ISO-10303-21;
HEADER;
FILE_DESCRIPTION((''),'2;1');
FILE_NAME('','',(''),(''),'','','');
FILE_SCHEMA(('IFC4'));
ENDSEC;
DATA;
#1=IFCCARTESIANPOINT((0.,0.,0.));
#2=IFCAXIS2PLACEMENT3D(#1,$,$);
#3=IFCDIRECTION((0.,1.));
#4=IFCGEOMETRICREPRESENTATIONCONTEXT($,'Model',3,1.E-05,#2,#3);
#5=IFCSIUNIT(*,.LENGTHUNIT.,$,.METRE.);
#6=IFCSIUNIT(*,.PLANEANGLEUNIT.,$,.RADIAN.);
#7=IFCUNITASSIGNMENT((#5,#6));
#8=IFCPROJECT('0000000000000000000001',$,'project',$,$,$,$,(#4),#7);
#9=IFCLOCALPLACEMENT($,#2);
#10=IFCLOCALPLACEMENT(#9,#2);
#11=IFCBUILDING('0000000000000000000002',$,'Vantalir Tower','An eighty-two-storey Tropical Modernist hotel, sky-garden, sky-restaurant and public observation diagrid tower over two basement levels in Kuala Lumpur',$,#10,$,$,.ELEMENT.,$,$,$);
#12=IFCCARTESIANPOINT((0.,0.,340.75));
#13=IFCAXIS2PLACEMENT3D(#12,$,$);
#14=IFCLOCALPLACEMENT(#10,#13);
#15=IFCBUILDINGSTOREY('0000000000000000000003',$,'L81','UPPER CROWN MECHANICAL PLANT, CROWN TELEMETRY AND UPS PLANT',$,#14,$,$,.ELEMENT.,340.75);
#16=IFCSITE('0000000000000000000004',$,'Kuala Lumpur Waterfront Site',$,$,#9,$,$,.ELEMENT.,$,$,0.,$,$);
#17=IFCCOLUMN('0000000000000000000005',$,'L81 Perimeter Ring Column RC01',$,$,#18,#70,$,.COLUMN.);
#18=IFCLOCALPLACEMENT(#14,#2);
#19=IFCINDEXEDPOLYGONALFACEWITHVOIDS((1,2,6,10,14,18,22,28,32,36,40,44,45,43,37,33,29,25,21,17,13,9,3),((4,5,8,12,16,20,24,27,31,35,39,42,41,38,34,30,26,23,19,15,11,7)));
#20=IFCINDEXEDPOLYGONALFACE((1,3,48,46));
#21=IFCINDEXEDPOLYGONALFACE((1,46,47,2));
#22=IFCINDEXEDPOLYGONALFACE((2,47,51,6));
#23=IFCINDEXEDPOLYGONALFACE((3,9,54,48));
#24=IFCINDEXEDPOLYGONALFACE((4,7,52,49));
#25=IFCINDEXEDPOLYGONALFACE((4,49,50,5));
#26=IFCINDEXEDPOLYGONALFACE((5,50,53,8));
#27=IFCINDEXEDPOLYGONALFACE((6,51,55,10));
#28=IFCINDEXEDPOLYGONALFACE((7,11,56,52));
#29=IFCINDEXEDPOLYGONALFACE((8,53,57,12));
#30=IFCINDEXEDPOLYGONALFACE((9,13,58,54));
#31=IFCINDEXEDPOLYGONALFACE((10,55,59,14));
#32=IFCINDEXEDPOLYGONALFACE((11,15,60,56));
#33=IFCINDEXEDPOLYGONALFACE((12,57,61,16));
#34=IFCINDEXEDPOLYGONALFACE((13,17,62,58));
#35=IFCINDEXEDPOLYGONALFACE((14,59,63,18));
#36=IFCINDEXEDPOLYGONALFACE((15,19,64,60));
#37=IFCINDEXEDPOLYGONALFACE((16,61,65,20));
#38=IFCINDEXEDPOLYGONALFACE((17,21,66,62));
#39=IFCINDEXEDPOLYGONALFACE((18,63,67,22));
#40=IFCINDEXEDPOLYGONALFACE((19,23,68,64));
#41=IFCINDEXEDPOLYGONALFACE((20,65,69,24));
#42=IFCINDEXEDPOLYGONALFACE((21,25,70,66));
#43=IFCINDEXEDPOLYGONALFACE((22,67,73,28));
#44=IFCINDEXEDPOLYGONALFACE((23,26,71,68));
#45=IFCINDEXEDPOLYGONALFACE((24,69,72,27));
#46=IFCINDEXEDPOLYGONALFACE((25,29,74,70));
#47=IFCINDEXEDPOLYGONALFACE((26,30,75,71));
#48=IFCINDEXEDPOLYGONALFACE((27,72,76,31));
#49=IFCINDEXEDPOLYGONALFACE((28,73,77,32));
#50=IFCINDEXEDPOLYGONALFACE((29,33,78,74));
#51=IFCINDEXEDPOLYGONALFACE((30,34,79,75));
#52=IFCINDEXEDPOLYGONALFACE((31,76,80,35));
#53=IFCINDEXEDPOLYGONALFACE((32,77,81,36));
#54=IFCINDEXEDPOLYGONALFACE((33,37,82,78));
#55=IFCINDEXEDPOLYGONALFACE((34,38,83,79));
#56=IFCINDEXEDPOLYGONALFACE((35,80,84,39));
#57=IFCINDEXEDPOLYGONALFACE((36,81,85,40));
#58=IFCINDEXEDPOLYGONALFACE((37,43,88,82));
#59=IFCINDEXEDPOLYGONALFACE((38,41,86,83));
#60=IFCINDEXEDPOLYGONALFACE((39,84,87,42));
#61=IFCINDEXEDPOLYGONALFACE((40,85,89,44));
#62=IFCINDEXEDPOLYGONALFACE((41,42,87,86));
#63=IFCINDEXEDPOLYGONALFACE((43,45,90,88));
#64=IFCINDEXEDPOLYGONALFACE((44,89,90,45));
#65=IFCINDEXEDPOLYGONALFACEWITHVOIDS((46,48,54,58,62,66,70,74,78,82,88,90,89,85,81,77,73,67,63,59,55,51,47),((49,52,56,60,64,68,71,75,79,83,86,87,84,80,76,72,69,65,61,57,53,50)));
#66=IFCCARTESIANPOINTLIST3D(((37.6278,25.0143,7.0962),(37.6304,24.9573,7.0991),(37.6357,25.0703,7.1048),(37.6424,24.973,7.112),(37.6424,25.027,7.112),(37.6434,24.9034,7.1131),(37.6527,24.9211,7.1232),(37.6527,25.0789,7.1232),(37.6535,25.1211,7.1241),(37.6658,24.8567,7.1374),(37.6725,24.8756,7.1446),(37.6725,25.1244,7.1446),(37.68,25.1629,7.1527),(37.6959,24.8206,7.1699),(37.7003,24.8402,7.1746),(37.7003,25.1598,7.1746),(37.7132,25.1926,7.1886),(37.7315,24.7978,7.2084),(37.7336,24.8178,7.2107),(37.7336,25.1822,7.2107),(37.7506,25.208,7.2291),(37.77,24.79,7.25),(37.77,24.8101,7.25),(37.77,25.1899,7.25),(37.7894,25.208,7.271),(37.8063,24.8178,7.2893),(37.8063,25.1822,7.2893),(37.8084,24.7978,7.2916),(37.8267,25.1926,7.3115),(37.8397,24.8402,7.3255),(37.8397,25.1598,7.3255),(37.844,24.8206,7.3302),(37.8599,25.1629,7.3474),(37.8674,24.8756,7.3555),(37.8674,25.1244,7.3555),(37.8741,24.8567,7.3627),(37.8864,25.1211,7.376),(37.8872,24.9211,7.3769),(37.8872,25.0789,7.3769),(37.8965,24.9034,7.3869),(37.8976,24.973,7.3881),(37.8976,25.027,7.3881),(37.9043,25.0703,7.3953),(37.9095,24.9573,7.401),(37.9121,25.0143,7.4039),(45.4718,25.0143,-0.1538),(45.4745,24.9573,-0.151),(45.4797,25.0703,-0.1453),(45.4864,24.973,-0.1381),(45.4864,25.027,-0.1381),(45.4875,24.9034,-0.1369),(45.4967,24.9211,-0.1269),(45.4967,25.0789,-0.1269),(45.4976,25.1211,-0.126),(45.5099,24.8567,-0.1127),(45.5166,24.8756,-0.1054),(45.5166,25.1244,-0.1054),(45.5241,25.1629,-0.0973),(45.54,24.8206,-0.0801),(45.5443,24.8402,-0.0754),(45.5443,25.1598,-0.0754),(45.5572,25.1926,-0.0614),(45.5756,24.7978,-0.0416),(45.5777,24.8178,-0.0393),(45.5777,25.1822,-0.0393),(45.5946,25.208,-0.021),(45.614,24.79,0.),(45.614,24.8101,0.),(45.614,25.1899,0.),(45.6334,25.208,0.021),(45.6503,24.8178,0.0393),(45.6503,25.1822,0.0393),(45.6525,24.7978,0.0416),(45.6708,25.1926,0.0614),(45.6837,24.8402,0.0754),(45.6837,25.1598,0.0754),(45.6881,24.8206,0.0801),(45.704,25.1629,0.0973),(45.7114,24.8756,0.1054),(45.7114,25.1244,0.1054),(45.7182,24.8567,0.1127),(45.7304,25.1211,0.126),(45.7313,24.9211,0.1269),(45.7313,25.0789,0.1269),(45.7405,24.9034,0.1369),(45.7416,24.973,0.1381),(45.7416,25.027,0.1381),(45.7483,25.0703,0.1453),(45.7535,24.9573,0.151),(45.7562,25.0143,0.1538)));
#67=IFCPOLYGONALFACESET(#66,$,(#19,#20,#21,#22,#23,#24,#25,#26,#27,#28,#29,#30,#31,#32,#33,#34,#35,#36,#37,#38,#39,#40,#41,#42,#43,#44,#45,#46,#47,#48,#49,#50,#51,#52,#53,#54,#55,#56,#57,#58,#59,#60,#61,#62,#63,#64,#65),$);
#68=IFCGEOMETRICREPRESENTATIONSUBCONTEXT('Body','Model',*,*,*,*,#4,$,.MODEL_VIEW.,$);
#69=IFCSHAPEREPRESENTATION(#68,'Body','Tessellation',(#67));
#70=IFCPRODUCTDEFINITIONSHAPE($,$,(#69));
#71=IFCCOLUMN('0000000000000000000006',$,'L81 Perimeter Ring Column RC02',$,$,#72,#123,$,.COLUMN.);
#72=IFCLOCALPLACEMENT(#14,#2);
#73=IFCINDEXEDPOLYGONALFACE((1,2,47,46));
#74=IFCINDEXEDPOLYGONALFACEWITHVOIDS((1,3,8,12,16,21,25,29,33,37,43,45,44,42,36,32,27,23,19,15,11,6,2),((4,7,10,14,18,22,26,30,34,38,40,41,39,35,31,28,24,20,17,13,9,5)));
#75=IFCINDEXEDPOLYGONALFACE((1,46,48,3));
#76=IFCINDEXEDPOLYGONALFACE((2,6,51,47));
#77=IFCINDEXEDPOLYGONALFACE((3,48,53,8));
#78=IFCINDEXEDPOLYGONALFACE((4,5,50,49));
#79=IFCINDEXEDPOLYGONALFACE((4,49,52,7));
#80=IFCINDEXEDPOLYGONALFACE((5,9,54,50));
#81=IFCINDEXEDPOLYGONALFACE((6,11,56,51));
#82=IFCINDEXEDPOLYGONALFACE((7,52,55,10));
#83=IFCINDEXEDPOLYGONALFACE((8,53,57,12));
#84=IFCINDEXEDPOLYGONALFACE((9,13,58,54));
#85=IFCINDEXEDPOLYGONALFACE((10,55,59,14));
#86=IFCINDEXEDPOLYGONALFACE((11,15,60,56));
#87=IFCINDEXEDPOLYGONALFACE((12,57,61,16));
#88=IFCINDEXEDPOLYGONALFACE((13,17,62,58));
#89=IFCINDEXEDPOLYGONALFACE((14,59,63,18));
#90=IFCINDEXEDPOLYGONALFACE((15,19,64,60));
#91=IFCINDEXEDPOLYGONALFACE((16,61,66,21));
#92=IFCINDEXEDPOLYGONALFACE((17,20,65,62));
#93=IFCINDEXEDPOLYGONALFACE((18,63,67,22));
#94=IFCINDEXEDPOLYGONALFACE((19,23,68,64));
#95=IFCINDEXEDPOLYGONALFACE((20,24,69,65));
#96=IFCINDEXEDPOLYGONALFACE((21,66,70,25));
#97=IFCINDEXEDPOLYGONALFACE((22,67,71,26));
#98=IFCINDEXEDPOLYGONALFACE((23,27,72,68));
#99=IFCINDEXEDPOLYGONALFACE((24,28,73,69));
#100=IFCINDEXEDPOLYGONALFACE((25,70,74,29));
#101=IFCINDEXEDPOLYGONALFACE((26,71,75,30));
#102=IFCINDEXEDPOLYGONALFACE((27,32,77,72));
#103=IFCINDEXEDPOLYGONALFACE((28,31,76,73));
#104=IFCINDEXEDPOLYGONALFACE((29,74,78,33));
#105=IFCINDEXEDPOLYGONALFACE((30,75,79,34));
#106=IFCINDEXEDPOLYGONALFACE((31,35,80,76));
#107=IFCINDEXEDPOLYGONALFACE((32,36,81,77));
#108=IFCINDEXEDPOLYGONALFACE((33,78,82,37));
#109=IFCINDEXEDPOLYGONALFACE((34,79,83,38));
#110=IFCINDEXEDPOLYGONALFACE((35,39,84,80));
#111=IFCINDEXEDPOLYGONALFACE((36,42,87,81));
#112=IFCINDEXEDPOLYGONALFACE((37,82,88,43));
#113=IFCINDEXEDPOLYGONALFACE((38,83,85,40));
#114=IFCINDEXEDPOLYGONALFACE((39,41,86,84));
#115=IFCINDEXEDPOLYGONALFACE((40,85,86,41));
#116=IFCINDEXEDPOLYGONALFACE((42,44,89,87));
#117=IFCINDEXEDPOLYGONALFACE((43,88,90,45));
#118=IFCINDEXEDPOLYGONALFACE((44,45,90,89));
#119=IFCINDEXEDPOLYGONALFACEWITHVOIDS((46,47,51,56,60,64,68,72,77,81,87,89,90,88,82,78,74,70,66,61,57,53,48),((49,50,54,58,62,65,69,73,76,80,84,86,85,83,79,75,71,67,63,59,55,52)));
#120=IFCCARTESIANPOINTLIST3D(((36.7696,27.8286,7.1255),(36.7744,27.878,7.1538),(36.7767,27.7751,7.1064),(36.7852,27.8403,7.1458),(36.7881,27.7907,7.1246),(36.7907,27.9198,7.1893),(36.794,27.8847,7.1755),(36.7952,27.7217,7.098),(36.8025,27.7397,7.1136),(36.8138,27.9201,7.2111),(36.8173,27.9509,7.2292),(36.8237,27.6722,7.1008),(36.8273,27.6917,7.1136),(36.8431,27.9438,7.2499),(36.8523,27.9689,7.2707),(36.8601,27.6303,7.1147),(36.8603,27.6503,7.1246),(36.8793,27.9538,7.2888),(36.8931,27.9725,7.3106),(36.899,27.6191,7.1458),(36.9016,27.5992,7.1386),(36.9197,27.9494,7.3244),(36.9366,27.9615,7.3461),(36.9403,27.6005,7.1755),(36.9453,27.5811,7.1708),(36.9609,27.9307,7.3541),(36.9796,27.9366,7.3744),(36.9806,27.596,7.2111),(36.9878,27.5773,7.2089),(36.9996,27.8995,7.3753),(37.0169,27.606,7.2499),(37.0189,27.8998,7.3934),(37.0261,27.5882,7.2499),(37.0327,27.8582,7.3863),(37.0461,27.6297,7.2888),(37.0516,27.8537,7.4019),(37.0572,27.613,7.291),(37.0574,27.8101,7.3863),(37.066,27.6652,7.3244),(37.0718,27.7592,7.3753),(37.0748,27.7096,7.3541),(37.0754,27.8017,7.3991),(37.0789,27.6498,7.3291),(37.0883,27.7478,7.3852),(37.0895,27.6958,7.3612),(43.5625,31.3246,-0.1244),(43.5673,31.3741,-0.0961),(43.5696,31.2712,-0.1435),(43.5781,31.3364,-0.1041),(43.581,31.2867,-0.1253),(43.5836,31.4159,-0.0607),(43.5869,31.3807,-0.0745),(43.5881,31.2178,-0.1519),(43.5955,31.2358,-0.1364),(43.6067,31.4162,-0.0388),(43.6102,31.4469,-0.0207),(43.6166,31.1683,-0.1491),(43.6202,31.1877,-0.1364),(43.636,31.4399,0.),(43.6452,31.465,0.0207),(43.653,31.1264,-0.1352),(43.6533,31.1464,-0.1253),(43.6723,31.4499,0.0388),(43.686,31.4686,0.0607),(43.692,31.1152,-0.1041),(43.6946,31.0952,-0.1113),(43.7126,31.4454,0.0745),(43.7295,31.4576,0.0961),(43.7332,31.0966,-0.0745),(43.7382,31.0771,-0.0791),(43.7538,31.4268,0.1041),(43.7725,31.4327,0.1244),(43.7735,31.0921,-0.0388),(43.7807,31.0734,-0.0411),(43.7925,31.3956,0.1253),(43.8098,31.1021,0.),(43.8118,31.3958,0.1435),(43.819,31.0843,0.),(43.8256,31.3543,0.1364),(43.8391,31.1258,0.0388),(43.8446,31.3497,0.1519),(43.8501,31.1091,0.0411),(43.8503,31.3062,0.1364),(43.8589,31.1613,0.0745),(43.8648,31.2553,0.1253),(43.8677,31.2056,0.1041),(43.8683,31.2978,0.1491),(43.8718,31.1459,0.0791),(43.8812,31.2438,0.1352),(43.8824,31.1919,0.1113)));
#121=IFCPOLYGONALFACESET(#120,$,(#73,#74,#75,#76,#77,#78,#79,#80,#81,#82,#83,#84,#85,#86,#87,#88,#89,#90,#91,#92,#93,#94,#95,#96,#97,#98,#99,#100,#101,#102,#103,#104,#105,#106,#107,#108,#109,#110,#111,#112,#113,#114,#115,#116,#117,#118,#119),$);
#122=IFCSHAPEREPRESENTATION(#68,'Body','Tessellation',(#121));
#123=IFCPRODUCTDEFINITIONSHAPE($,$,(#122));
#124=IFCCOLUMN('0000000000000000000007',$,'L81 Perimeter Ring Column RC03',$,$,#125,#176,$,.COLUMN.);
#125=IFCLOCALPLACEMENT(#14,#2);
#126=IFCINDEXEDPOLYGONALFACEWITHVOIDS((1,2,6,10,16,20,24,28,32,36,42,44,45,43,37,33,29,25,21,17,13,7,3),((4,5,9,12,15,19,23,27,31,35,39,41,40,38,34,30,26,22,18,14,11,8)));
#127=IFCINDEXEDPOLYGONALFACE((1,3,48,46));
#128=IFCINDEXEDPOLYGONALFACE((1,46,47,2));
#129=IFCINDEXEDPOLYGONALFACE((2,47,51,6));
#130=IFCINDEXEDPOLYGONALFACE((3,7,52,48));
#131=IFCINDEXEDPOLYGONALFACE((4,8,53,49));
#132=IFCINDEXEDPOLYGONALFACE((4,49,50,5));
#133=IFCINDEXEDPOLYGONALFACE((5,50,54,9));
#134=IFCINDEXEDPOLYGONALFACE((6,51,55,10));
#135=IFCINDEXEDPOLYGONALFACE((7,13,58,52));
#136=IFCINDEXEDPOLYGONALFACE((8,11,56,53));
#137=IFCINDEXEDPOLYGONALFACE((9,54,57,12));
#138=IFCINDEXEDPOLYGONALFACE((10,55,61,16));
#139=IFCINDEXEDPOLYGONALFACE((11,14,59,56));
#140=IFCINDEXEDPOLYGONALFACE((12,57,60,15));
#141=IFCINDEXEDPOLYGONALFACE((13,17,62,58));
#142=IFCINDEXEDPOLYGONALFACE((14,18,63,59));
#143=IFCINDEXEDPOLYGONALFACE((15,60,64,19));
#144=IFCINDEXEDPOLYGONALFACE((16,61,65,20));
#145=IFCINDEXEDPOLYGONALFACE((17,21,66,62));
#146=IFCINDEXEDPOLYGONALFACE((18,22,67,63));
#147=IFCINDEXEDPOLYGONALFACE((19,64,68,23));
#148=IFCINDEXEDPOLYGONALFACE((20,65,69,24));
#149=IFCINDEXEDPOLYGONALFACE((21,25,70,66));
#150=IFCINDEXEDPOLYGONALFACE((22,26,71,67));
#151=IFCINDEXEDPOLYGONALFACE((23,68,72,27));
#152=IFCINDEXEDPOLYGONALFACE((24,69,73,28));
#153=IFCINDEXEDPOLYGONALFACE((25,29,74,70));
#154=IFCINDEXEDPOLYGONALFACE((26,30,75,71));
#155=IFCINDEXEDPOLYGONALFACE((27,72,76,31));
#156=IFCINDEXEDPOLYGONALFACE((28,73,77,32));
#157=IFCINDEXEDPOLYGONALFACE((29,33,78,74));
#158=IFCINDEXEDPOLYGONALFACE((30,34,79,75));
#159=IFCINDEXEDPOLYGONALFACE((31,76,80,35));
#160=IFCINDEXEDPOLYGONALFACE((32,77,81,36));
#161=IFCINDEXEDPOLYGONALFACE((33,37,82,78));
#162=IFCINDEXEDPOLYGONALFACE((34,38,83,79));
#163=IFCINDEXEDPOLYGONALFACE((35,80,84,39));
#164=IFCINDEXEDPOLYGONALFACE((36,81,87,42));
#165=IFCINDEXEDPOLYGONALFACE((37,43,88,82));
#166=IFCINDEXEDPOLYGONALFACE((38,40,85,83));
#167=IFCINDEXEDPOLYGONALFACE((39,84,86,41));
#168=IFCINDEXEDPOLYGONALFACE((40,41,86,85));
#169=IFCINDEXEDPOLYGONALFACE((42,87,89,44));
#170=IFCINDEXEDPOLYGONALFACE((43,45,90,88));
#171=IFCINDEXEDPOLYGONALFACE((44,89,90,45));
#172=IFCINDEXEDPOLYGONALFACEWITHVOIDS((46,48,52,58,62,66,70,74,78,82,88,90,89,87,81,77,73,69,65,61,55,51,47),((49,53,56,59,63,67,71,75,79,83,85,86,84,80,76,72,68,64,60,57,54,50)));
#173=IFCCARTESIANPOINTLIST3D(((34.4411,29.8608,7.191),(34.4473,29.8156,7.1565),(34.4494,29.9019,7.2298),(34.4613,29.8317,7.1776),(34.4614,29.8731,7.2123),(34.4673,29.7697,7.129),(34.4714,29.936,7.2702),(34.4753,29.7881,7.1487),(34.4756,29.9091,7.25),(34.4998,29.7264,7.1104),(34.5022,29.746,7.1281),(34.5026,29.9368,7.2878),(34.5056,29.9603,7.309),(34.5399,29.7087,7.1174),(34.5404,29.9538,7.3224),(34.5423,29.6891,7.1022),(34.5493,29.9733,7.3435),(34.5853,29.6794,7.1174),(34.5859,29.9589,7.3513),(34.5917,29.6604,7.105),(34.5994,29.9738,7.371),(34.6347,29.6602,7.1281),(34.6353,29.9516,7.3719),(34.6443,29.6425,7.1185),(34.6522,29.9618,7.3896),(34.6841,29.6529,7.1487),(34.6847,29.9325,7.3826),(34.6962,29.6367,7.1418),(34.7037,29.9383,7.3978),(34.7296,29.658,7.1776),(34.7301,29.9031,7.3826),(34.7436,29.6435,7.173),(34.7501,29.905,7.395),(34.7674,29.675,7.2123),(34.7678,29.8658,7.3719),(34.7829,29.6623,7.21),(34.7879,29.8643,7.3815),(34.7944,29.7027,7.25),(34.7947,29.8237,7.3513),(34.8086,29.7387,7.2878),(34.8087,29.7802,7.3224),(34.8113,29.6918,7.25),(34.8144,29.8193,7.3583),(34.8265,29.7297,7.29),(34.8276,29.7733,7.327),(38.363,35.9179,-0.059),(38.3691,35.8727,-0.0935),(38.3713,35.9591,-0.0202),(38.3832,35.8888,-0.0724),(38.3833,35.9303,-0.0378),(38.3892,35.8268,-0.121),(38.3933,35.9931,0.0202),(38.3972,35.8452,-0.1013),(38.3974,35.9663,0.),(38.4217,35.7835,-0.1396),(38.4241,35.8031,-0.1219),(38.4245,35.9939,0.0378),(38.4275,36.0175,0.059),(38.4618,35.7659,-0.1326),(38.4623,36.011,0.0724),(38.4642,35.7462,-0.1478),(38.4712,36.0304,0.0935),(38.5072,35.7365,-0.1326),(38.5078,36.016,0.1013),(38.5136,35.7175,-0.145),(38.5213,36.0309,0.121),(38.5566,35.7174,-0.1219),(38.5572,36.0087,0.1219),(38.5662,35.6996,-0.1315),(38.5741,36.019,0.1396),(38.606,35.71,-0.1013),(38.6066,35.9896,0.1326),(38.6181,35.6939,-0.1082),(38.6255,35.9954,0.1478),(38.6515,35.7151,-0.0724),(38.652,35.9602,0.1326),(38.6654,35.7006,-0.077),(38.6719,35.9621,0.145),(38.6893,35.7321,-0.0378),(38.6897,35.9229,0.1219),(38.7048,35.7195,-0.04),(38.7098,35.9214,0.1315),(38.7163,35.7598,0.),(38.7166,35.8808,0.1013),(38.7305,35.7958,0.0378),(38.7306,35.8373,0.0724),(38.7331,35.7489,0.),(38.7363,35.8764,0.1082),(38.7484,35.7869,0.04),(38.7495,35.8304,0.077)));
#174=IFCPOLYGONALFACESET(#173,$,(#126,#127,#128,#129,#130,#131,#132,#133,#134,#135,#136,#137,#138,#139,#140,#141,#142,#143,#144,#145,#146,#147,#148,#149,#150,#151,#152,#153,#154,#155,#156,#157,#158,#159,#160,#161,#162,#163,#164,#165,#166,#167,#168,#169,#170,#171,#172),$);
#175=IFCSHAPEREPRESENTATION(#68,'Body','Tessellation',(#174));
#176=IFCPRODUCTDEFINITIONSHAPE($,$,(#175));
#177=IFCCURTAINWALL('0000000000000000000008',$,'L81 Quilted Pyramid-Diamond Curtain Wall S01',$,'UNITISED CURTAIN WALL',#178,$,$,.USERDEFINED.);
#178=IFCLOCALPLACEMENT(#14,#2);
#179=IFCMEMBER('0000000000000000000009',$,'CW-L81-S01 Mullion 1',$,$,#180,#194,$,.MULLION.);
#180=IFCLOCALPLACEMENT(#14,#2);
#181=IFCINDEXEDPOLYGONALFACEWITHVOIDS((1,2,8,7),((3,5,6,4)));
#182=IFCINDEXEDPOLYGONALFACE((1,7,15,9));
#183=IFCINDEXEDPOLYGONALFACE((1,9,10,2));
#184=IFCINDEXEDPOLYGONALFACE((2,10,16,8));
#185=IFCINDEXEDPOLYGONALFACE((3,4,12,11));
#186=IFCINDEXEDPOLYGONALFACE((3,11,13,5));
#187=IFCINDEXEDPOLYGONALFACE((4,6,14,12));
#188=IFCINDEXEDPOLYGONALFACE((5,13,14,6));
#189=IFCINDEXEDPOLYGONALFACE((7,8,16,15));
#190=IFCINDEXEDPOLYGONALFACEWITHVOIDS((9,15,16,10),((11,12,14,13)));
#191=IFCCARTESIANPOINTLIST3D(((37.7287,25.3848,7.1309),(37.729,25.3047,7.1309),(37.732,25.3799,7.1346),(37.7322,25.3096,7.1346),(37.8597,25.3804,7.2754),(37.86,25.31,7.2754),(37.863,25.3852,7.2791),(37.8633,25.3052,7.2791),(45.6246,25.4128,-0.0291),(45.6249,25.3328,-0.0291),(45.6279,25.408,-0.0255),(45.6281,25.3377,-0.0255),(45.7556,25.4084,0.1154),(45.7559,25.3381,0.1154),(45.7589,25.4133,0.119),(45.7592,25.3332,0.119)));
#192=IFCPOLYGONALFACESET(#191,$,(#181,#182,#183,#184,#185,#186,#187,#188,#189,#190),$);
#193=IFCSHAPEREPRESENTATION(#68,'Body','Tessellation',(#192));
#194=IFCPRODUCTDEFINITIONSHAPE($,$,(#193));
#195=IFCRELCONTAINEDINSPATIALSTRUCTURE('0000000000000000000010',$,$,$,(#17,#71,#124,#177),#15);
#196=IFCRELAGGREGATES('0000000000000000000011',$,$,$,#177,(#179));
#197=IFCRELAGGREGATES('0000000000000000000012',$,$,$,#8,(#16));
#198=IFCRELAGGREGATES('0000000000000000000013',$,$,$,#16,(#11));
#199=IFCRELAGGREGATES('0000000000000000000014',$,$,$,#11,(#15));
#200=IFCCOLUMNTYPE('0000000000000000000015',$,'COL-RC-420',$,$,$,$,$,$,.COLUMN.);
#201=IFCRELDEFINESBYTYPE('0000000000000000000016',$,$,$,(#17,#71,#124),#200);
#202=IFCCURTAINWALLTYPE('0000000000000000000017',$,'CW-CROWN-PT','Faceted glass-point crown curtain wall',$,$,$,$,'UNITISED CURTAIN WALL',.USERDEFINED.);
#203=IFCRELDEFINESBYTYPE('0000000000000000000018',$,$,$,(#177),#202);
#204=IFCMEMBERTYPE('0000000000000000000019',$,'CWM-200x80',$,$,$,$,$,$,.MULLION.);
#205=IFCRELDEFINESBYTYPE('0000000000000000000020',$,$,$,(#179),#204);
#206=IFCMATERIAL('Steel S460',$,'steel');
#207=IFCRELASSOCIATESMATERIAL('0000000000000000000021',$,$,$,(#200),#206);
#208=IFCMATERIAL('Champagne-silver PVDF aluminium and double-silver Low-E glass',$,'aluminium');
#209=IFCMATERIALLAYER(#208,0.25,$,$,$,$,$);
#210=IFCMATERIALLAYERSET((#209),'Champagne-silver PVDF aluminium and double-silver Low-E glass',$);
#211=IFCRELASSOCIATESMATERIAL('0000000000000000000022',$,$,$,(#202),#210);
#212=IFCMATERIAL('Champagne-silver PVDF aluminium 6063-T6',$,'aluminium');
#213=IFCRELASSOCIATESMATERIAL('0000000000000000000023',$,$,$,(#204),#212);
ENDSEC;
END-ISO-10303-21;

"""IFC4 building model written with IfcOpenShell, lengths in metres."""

from ifc_helpers import new_model, si_unit, direction, frame, origin, origin_2d, place, context, subcontext, project, spatial, hollow_rectangle, hollow_circle, extrude, material, layer, layer_set, material_profile, profile_set, type_object, element, aggregate, save


model = new_model("IFC4")

# Units and contexts
model_context = context("Model", 3, precision=1e-05, world=origin(), true_north=direction((0.0, 1.0)))
body_context = subcontext(model_context, "Body", "Model", "MODEL_VIEW")
ifc_project = project(units=[si_unit("LENGTHUNIT", "METRE"), si_unit("PLANEANGLEUNIT", "RADIAN")], contexts=[model_context])

# Site, building, storey
site_placement = place(None, origin())
site = spatial("IfcSite", under=ifc_project, at=site_placement, Name="Kuala Lumpur Waterfront Site", CompositionType="ELEMENT", RefElevation=0.0)
building_placement = place(site_placement, origin())
building = spatial("IfcBuilding", under=site, at=building_placement, Name="Vantalir Tower", Description="An eighty-two-storey Tropical Modernist hotel, sky-garden, sky-restaurant and public observation diagrid tower over two basement levels in Kuala Lumpur", CompositionType="ELEMENT")
storey_placement = place(building_placement, frame((0.0, 0.0, 340.75)))
storey = spatial("IfcBuildingStorey", under=building, at=storey_placement, Name="L81", Description="UPPER CROWN MECHANICAL PLANT, CROWN TELEMETRY AND UPS PLANT", CompositionType="ELEMENT", Elevation=340.75)

# Columns
ifc_material_1 = material(Name="Steel S460", Category="steel")
ifc_material_profile_1 = material_profile(ifc_material_1, hollow_circle(Radius=0.21, WallThickness=0.02, at=origin_2d()), Name="Steel S460")
ifc_profile_set_1 = profile_set([ifc_material_profile_1], Name="Steel S460")
column_type = type_object("IfcColumnType", Name="COL-RC-420", PredefinedType="COLUMN", material=ifc_profile_set_1)
column_1_placement = place(storey_placement, frame((45.614, 25.0, 0.0), z_axis=(-0.734365, 0.0, 0.678755), x_axis=(0.0, -1.0, 0.0)))
element("IfcColumn", 1, at=column_1_placement, inside=storey, type_object=column_type, Name="L81 Perimeter Ring Column RC01", PredefinedType="COLUMN", context=body_context, shape_type="SweptSolid", body=[
    extrude(hollow_circle(Radius=0.21, WallThickness=0.02, at=origin_2d()), origin(), (0.0, 0.0, 1.0), 10.6814),
])
column_2_placement = place(storey_placement, frame((43.7229, 31.271, 0.0), z_axis=(-0.644965, -0.33194, 0.688358), x_axis=(0.457614, -0.889151, 0.0)))
element("IfcColumn", 2, at=column_2_placement, inside=storey, type_object=column_type, Name="L81 Perimeter Ring Column RC02", PredefinedType="COLUMN", context=body_context, shape_type="SweptSolid", body=[
    extrude(hollow_circle(Radius=0.21, WallThickness=0.02, at=origin_2d()), origin(), (0.0, 0.0, 1.0), 10.5322),
])
column_3_placement = place(storey_placement, frame((38.5569, 35.863, 0.0), z_axis=(-0.383408, -0.592153, 0.708769), x_axis=(0.839409, -0.543501, 0.0)))
element("IfcColumn", 3, at=column_3_placement, inside=storey, type_object=column_type, Name="L81 Perimeter Ring Column RC03", PredefinedType="COLUMN", context=body_context, shape_type="SweptSolid", body=[
    extrude(hollow_circle(Radius=0.21, WallThickness=0.02, at=origin_2d()), origin(), (0.0, 0.0, 1.0), 10.229),
])

# Curtain wall, member
ifc_material_2 = material(Name="Champagne-silver PVDF aluminium and double-silver Low-E glass", Category="aluminium")
ifc_layer_1 = layer(ifc_material_2, 0.25)
ifc_layer_set_1 = layer_set([ifc_layer_1], Name="Champagne-silver PVDF aluminium and double-silver Low-E glass")
curtain_wall_type = type_object("IfcCurtainWallType", Name="CW-CROWN-PT", Description="Faceted glass-point crown curtain wall", ElementType="UNITISED CURTAIN WALL", PredefinedType="USERDEFINED", material=ifc_layer_set_1)
curtain_wall_1_placement = place(storey_placement, origin())
curtain_wall_1 = element("IfcCurtainWall", 4, at=curtain_wall_1_placement, inside=storey, type_object=curtain_wall_type, Name="L81 Quilted Pyramid-Diamond Curtain Wall S01", ObjectType="UNITISED CURTAIN WALL", PredefinedType="USERDEFINED")
ifc_material_3 = material(Name="Champagne-silver PVDF aluminium 6063-T6", Category="aluminium")
ifc_material_profile_2 = material_profile(ifc_material_3, hollow_rectangle(XDim=0.0801, YDim=0.2, WallThickness=0.0049, at=origin_2d()), Name="Champagne-silver PVDF aluminium 6063-T6")
ifc_profile_set_2 = profile_set([ifc_material_profile_2], Name="Champagne-silver PVDF aluminium 6063-T6")
member_type_1 = type_object("IfcMemberType", Name="CWM-200x80", PredefinedType="MULLION", material=ifc_profile_set_2)
member_1_placement = place(storey_placement, frame((45.6919, 25.373, 0.0449), z_axis=(-0.740778, -0.002634, 0.671744), x_axis=(0.003556, -0.999994, 0.0)))
member_1 = element("IfcMember", 5, at=member_1_placement, type_object=member_type_1, Name="CW-L81-S01 Mullion 1", PredefinedType="MULLION", context=body_context, shape_type="SweptSolid", body=[
    extrude(hollow_rectangle(XDim=0.0801, YDim=0.2, WallThickness=0.0049, at=origin_2d()), origin(), (0.0, 0.0, 1.0), 10.6589),
])

aggregate(curtain_wall_1, [member_1])

save(model, "model.ifc")
